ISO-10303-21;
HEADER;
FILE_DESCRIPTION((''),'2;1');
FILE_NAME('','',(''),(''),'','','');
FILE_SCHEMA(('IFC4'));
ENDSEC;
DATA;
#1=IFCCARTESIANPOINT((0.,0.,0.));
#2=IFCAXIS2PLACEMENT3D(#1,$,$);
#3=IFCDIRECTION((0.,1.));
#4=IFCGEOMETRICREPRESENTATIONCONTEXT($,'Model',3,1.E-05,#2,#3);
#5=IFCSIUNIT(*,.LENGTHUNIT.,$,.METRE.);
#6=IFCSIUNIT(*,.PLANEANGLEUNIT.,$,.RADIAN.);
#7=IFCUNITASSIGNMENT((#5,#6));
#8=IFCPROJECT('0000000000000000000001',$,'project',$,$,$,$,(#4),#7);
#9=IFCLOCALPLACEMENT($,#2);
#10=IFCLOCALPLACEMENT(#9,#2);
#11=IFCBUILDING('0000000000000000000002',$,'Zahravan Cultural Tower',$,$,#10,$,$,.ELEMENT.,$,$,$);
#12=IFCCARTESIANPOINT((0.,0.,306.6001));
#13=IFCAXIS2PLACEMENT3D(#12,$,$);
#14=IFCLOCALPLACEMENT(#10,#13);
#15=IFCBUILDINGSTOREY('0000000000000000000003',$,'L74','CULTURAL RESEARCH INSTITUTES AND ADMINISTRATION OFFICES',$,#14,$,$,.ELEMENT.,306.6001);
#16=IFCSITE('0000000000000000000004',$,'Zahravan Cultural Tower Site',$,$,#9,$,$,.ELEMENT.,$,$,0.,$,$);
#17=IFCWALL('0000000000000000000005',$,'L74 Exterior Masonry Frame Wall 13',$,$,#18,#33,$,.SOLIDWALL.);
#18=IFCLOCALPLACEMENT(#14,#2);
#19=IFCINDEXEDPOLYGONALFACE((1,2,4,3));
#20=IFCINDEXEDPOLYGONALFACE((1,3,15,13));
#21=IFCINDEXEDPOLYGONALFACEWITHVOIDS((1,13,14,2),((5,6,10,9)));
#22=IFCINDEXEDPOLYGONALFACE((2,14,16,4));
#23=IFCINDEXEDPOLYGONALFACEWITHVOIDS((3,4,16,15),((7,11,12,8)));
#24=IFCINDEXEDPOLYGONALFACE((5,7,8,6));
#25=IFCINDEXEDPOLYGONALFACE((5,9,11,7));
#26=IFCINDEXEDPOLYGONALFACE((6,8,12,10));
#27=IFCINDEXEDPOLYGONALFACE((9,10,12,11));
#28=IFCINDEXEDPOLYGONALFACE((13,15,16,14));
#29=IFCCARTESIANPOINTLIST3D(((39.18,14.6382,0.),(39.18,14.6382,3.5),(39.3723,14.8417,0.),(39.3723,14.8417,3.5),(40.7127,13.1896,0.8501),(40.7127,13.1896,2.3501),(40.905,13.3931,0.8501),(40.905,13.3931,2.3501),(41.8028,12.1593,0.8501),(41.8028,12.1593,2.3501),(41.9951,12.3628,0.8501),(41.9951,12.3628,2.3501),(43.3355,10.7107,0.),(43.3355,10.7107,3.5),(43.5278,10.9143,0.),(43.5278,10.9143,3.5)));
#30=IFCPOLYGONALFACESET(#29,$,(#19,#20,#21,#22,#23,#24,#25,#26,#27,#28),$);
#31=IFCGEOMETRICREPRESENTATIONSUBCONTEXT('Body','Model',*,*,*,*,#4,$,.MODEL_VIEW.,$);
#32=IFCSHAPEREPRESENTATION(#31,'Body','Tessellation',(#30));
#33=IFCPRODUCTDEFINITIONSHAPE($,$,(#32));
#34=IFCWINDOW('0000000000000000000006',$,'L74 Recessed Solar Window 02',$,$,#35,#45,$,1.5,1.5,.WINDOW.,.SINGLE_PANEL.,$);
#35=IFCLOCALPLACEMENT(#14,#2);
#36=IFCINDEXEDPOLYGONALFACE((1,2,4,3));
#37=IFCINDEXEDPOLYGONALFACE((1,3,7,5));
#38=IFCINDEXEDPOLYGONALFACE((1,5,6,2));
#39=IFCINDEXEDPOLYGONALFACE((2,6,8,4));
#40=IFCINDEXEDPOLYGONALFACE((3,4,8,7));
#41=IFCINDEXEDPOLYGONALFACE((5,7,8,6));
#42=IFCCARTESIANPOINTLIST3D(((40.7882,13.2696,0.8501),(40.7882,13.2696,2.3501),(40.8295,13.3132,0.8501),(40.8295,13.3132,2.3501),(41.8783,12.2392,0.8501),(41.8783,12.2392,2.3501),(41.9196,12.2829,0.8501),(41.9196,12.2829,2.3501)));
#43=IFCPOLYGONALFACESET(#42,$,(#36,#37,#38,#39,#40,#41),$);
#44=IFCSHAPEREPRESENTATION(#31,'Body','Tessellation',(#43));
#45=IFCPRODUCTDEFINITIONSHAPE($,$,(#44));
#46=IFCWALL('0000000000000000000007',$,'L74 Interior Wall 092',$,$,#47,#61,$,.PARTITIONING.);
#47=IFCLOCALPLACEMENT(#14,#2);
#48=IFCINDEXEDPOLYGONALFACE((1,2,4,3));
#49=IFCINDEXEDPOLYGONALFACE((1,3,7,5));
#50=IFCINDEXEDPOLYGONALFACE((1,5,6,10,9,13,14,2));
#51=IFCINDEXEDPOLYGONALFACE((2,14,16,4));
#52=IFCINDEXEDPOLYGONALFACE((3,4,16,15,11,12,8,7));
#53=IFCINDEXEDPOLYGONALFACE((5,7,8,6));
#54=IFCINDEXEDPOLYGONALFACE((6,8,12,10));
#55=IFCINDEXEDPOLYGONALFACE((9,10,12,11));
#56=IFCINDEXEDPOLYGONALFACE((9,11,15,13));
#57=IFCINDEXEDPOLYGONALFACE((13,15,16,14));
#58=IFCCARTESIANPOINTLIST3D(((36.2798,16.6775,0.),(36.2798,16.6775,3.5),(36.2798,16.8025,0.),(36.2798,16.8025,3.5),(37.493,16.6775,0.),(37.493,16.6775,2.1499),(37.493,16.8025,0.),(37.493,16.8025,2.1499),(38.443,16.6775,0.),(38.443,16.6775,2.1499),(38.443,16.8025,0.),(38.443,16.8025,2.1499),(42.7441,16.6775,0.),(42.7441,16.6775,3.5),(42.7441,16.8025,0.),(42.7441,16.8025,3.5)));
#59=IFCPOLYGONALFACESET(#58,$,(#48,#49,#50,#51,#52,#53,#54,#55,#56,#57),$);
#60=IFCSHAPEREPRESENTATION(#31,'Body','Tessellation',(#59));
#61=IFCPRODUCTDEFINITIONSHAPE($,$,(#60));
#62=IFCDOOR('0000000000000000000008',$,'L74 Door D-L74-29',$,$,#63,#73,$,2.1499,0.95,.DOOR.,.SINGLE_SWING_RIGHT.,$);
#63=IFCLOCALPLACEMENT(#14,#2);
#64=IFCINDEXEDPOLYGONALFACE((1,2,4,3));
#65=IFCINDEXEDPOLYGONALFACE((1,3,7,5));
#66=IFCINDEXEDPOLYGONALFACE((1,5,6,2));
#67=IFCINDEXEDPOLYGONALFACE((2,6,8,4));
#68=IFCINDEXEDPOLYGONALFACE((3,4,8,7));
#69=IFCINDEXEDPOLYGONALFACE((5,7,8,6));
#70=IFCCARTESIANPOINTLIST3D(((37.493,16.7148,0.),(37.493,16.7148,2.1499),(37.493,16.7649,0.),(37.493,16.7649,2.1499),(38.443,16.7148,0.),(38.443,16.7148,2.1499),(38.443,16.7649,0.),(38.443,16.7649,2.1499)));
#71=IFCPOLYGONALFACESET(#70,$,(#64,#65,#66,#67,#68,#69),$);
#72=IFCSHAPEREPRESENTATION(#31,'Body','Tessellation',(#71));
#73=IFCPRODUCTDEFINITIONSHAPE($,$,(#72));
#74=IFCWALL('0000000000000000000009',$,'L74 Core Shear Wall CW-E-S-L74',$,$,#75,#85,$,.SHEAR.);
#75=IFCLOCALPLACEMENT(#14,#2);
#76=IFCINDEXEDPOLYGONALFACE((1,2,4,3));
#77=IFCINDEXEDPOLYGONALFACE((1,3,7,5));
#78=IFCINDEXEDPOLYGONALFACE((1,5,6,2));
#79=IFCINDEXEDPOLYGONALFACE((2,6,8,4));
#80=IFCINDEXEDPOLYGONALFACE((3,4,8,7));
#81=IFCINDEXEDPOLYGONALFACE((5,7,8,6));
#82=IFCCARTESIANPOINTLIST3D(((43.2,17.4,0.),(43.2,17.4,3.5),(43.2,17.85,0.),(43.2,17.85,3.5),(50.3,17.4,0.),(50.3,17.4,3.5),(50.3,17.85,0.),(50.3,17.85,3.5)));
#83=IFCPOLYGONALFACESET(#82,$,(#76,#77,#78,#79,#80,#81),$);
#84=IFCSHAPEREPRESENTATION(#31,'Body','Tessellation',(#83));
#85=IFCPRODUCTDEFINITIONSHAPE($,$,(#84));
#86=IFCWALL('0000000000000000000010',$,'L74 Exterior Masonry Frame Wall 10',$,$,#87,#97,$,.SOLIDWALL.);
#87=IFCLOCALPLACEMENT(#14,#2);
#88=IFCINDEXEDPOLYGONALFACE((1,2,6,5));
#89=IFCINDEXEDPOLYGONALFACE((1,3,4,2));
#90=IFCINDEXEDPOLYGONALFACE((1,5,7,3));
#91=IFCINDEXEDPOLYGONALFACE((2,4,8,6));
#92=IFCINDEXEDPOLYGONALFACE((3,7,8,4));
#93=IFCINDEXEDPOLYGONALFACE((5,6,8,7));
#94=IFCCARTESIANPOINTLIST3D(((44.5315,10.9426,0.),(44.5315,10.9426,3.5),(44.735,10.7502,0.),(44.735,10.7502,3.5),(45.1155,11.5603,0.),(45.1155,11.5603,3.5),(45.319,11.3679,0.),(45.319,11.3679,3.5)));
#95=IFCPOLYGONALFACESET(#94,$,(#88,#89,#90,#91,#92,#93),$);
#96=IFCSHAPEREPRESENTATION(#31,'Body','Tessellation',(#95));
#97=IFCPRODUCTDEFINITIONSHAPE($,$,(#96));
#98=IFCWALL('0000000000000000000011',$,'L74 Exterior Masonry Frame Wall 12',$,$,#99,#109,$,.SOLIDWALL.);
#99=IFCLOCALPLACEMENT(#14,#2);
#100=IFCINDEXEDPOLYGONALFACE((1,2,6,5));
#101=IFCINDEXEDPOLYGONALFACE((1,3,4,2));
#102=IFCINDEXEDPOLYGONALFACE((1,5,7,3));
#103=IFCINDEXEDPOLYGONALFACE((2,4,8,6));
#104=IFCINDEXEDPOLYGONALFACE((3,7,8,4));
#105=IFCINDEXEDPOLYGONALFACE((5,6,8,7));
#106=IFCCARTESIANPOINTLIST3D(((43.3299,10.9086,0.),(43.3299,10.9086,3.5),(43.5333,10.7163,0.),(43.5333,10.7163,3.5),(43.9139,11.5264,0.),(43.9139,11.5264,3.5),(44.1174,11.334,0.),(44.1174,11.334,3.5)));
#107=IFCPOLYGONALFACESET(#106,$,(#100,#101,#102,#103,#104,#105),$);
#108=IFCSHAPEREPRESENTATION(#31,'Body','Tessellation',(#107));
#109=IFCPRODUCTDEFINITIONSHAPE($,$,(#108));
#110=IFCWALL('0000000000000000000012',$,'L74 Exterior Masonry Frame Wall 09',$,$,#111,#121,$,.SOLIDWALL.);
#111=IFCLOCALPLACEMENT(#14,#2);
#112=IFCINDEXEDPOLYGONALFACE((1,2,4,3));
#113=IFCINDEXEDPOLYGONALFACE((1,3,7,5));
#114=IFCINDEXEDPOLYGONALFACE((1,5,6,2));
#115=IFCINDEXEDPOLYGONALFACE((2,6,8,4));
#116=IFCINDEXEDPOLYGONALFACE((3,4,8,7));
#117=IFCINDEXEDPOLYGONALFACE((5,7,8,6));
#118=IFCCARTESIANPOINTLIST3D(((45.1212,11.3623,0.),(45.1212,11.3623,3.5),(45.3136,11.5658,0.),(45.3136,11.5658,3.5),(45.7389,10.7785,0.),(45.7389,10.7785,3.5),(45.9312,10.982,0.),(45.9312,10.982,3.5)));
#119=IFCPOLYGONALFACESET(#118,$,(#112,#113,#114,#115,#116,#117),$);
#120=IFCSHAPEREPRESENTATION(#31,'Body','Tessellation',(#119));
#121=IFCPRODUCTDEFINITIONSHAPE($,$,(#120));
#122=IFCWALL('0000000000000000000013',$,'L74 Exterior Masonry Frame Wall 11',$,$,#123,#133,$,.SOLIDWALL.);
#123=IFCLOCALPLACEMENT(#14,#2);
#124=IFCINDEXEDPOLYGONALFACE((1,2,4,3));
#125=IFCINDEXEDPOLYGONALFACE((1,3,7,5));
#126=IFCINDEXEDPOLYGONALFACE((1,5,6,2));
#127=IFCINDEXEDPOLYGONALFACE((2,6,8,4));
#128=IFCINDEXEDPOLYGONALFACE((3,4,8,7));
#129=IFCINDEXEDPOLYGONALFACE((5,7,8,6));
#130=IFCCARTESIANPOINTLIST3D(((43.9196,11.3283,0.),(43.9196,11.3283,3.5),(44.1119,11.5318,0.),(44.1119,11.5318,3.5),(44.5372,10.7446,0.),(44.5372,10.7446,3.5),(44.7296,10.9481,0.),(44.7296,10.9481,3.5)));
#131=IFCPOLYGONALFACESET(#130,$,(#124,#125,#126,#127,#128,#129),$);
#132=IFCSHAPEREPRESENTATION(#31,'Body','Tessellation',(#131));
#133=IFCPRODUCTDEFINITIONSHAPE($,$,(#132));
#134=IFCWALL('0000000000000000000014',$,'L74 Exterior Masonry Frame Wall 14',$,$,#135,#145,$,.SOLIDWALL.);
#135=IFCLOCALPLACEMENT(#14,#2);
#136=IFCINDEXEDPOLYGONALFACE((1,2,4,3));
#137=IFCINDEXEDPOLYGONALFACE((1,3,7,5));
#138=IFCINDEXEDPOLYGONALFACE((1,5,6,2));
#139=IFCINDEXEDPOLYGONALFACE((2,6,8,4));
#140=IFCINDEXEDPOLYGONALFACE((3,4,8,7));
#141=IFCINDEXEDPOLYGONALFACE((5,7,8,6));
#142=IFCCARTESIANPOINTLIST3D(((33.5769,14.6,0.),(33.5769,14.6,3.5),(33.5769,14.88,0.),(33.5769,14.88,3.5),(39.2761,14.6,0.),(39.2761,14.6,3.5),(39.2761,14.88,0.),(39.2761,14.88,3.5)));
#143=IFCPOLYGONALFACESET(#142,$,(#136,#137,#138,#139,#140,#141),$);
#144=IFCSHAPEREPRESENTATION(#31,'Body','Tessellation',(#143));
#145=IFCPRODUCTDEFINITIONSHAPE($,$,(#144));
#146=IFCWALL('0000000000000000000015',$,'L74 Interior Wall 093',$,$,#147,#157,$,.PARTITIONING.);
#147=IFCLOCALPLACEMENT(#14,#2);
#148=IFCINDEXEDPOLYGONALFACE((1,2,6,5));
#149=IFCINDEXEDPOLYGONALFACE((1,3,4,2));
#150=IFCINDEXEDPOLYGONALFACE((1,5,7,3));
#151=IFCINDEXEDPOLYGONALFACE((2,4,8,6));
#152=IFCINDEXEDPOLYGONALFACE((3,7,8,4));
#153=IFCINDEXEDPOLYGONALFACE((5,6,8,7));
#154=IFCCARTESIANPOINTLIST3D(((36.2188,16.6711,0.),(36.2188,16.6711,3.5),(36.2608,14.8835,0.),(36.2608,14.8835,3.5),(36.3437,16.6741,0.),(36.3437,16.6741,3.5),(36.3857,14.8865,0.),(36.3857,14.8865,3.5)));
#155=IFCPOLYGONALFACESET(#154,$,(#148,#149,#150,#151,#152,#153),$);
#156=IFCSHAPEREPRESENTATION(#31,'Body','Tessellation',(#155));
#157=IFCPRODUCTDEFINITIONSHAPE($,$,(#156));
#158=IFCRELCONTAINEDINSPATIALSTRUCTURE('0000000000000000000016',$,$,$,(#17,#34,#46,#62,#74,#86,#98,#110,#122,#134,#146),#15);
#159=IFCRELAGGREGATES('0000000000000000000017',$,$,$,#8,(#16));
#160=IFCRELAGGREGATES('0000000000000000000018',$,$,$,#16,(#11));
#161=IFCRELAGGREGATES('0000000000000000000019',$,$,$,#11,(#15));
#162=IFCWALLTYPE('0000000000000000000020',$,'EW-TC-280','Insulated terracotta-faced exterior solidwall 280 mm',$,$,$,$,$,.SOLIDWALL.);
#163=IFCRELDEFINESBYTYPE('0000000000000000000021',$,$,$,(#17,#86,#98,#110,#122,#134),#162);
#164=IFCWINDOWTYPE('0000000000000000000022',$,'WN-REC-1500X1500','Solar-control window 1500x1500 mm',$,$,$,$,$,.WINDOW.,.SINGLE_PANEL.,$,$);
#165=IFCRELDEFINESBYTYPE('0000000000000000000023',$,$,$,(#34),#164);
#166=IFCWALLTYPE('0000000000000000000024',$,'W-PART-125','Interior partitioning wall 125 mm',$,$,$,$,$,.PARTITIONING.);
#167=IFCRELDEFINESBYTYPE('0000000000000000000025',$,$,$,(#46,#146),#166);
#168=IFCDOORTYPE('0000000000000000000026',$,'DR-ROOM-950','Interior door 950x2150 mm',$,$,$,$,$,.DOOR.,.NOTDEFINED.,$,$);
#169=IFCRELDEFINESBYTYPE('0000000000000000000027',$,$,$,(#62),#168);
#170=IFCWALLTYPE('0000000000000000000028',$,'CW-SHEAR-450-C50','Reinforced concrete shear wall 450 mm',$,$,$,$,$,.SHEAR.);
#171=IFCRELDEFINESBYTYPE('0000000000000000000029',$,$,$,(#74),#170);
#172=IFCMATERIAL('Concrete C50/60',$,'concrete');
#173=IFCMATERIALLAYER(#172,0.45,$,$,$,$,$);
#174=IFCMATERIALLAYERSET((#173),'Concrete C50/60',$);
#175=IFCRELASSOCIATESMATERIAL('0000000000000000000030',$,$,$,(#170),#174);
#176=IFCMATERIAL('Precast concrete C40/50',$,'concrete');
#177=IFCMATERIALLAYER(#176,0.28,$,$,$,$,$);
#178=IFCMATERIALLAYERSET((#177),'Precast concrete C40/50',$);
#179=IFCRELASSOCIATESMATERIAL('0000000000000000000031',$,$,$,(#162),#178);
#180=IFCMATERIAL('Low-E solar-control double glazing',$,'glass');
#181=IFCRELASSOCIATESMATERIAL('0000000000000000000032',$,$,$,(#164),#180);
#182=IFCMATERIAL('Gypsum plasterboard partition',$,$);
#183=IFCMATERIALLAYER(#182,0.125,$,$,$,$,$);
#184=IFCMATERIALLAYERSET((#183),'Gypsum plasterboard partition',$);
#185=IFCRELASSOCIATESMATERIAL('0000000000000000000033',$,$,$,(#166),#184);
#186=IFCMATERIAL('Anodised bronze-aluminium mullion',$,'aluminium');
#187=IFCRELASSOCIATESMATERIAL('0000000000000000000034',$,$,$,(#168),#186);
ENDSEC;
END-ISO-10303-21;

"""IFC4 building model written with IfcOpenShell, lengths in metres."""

from ifc_helpers import new_model, si_unit, direction, frame, frame_2d, origin, place, context, subcontext, project, spatial, rectangle, extrude, source, transform, mapped, material, layer, layer_set, type_object, element, fill, save


model = new_model("IFC4")

# Units and contexts
model_context = context("Model", 3, precision=1e-05, world=origin(), true_north=direction((0.0, 1.0)))
body_context = subcontext(model_context, "Body", "Model", "MODEL_VIEW")
ifc_project = project(units=[si_unit("LENGTHUNIT", "METRE"), si_unit("PLANEANGLEUNIT", "RADIAN")], contexts=[model_context])

# Site, building, storey
site_placement = place(None, origin())
site = spatial("IfcSite", under=ifc_project, at=site_placement, Name="Zahravan Cultural Tower Site", CompositionType="ELEMENT", RefElevation=0.0)
building_placement = place(site_placement, origin())
building = spatial("IfcBuilding", under=site, at=building_placement, Name="Zahravan Cultural Tower", CompositionType="ELEMENT")
storey_placement = place(building_placement, frame((0.0, 0.0, 306.6001)))
storey = spatial("IfcBuildingStorey", under=building, at=storey_placement, Name="L74", Description="CULTURAL RESEARCH INSTITUTES AND ADMINISTRATION OFFICES", CompositionType="ELEMENT", Elevation=306.6001)

# Shared definitions
ifc_material_1 = material(Name="Concrete C50/60", Category="concrete")

# Shared definitions
ifc_layer_1 = layer(ifc_material_1, 0.45)
ifc_layer_set_1 = layer_set([ifc_layer_1], Name="Concrete C50/60")
wall_type_1 = type_object("IfcWallType", Name="CW-SHEAR-450-C50", Description="Reinforced concrete shear wall 450 mm", PredefinedType="SHEAR", material=ifc_layer_set_1)

# Wall, opening, window
ifc_material_2 = material(Name="Precast concrete C40/50", Category="concrete")
ifc_layer_2 = layer(ifc_material_2, 0.28)
ifc_layer_set_2 = layer_set([ifc_layer_2], Name="Precast concrete C40/50")
wall_type_2 = type_object("IfcWallType", Name="EW-TC-280", Description="Insulated terracotta-faced exterior solidwall 280 mm", PredefinedType="SOLIDWALL", material=ifc_layer_set_2)
wall_1_placement = place(storey_placement, frame((43.4316, 10.8125, 0.0), z_axis=(0.0, 0.0, 1.0), x_axis=(-0.726766, 0.686886, 0.0)))
wall_1 = element("IfcWall", 1, at=wall_1_placement, inside=storey, type_object=wall_type_2, Name="L74 Exterior Masonry Frame Wall 13", PredefinedType="SOLIDWALL", context=body_context, shape_type="SweptSolid", body=[
    extrude(rectangle(XDim=5.7178, YDim=0.28, at=frame_2d((2.8589, 0.0))), origin(), (0.0, 0.0, 1.0), 3.5),
])
opening_1_placement = place(wall_1_placement, frame((2.1089, 0.0, 0.8501)))
opening_1 = element("IfcOpeningElement", 2, at=opening_1_placement, cuts=wall_1, PredefinedType="OPENING", context=body_context, shape_type="SweptSolid", body=[
    extrude(rectangle(XDim=1.5, YDim=1.5, at=frame_2d((0.75, 0.75))), frame((0.0, 0.1499, 0.0), z_axis=(0.0, -1.0, 0.0), x_axis=(1.0, 0.0, 0.0)), (0.0, 0.0, 1.0), 0.3),
])
ifc_material_3 = material(Name="Low-E solar-control double glazing", Category="glass")
window_type = type_object("IfcWindowType", Name="WN-REC-1500X1500", Description="Solar-control window 1500x1500 mm", PartitioningType="SINGLE_PANEL", PredefinedType="WINDOW", material=ifc_material_3)
shared_shape_1 = source(origin(), body_context, "Body", "SweptSolid", [
    extrude(rectangle(XDim=1.5, YDim=1.5, at=frame_2d((0.75, 0.75))), frame((0.0, 0.03, 0.0), z_axis=(0.0, -1.0, 0.0), x_axis=(1.0, 0.0, 0.0)), (0.0, 0.0, 1.0), 0.0601),
])
window_placement = place(opening_1_placement, origin())
window = element("IfcWindow", 3, at=window_placement, inside=storey, type_object=window_type, Name="L74 Recessed Solar Window 02", OverallHeight=1.5, OverallWidth=1.5, PartitioningType="SINGLE_PANEL", PredefinedType="WINDOW", context=body_context, shape_type="MappedRepresentation", body=[
    mapped(shared_shape_1, transform((0.0, 0.0, 0.0), x_axis=(1.0, 0.0, 0.0), y_axis=(0.0, 1.0, 0.0), z_axis=(0.0, 0.0, 1.0), scale=1.0)),
])
fill(opening_1, window)

# Wall, opening, door
ifc_material_4 = material(Name="Gypsum plasterboard partition")
ifc_layer_3 = layer(ifc_material_4, 0.125)
ifc_layer_set_3 = layer_set([ifc_layer_3], Name="Gypsum plasterboard partition")
wall_type_3 = type_object("IfcWallType", Name="W-PART-125", Description="Interior partitioning wall 125 mm", PredefinedType="PARTITIONING", material=ifc_layer_set_3)
wall_2_placement = place(storey_placement, frame((36.2798, 16.74, 0.0), z_axis=(0.0, 0.0, 1.0), x_axis=(1.0, 0.0, 0.0)))
wall_2 = element("IfcWall", 4, at=wall_2_placement, inside=storey, type_object=wall_type_3, Name="L74 Interior Wall 092", PredefinedType="PARTITIONING", context=body_context, shape_type="SweptSolid", body=[
    extrude(rectangle(XDim=6.4644, YDim=0.125, at=frame_2d((3.2322, 0.0))), origin(), (0.0, 0.0, 1.0), 3.5),
])
opening_2_placement = place(wall_2_placement, frame((1.2131, 0.0, 0.0)))
opening_2 = element("IfcOpeningElement", 5, at=opening_2_placement, cuts=wall_2, PredefinedType="OPENING", context=body_context, shape_type="SweptSolid", body=[
    extrude(rectangle(XDim=0.95, YDim=2.1499, at=frame_2d((0.4751, 1.075))), frame((0.0, 0.0725, 0.0), z_axis=(0.0, -1.0, 0.0), x_axis=(1.0, 0.0, 0.0)), (0.0, 0.0, 1.0), 0.145),
])
ifc_material_5 = material(Name="Anodised bronze-aluminium mullion", Category="aluminium")
door_type_1 = type_object("IfcDoorType", Name="DR-ROOM-950", Description="Interior door 950x2150 mm", OperationType="NOTDEFINED", PredefinedType="DOOR", material=ifc_material_5)
shared_shape_2 = source(origin(), body_context, "Body", "SweptSolid", [
    extrude(rectangle(XDim=0.95, YDim=2.1499, at=frame_2d((0.4751, 1.075))), frame((0.0, 0.0249, 0.0), z_axis=(0.0, -1.0, 0.0), x_axis=(1.0, 0.0, 0.0)), (0.0, 0.0, 1.0), 0.05),
])
door_1_placement = place(opening_2_placement, origin())
door_1 = element("IfcDoor", 6, at=door_1_placement, inside=storey, type_object=door_type_1, Name="L74 Door D-L74-29", OperationType="SINGLE_SWING_RIGHT", OverallHeight=2.1499, OverallWidth=0.95, PredefinedType="DOOR", context=body_context, shape_type="MappedRepresentation", body=[
    mapped(shared_shape_2, transform((0.0, 0.0, 0.0), x_axis=(1.0, 0.0, 0.0), y_axis=(0.0, 1.0, 0.0), z_axis=(0.0, 0.0, 1.0), scale=1.0)),
])
fill(opening_2, door_1)

# Walls
shared_shape_3 = source(origin(), body_context, "Body", "SweptSolid", [
    extrude(rectangle(XDim=7.1001, YDim=0.45, at=frame_2d((3.55, 0.0))), origin(), (0.0, 0.0, 1.0), 3.5),
])
wall_3_placement = place(storey_placement, frame((43.2, 17.625, 0.0), z_axis=(0.0, 0.0, 1.0), x_axis=(1.0, 0.0, 0.0)))
element("IfcWall", 7, at=wall_3_placement, inside=storey, type_object=wall_type_1, Name="L74 Core Shear Wall CW-E-S-L74", PredefinedType="SHEAR", context=body_context, shape_type="MappedRepresentation", body=[
    mapped(shared_shape_3, transform((0.0, 0.0, 0.0), x_axis=(1.0, 0.0, 0.0), y_axis=(0.0, 1.0, 0.0), z_axis=(0.0, 0.0, 1.0), scale=1.0)),
])
shared_shape_4 = source(origin(), body_context, "Body", "SweptSolid", [
    extrude(rectangle(XDim=0.8501, YDim=0.28, at=frame_2d((0.425, 0.0))), origin(), (0.0, 0.0, 1.0), 3.5),
])
for number, where, z_axis, x_axis, name in (
    (8, (45.2173, 11.4641, 0.0), (0.0, 0.0, 1.0), (-0.687011, -0.726647, 0.0), "L74 Exterior Masonry Frame Wall 10"),
    (9, (44.0156, 11.4302, 0.0), (0.0, 0.0, 1.0), (-0.687011, -0.726647, 0.0), "L74 Exterior Masonry Frame Wall 12"),
):
    element("IfcWall", number, at=place(storey_placement, frame(where, z_axis=z_axis, x_axis=x_axis)), inside=storey, type_object=wall_type_2, Name=name, PredefinedType="SOLIDWALL", context=body_context, shape_type="MappedRepresentation", body=[
        mapped(shared_shape_4, transform((0.0, 0.0, 0.0), x_axis=(1.0, 0.0, 0.0), y_axis=(0.0, 1.0, 0.0), z_axis=(0.0, 0.0, 1.0), scale=1.0)),
    ])
shared_shape_5 = source(origin(), body_context, "Body", "SweptSolid", [
    extrude(rectangle(XDim=0.8499, YDim=0.28, at=frame_2d((0.4248, 0.0))), origin(), (0.0, 0.0, 1.0), 3.5),
])
for number, where, z_axis, x_axis, name in (
    (10, (45.835, 10.8804, 0.0), (0.0, 0.0, 1.0), (-0.72679, 0.68686, 0.0), "L74 Exterior Masonry Frame Wall 09"),
    (11, (44.6333, 10.8464, 0.0), (0.0, 0.0, 1.0), (-0.72679, 0.68686, 0.0), "L74 Exterior Masonry Frame Wall 11"),
):
    element("IfcWall", number, at=place(storey_placement, frame(where, z_axis=z_axis, x_axis=x_axis)), inside=storey, type_object=wall_type_2, Name=name, PredefinedType="SOLIDWALL", context=body_context, shape_type="MappedRepresentation", body=[
        mapped(shared_shape_5, transform((0.0, 0.0, 0.0), x_axis=(1.0, 0.0, 0.0), y_axis=(0.0, 1.0, 0.0), z_axis=(0.0, 0.0, 1.0), scale=1.0)),
    ])
shared_shape_6 = source(origin(), body_context, "Body", "SweptSolid", [
    extrude(rectangle(XDim=5.6992, YDim=0.28, at=frame_2d((2.8496, 0.0))), origin(), (0.0, 0.0, 1.0), 3.5),
])
wall_4_placement = place(storey_placement, frame((39.2761, 14.74, 0.0), z_axis=(0.0, 0.0, 1.0), x_axis=(-1.0, 0.0, 0.0)))
element("IfcWall", 12, at=wall_4_placement, inside=storey, type_object=wall_type_2, Name="L74 Exterior Masonry Frame Wall 14", PredefinedType="SOLIDWALL", context=body_context, shape_type="MappedRepresentation", body=[
    mapped(shared_shape_6, transform((0.0, 0.0, 0.0), x_axis=(1.0, 0.0, 0.0), y_axis=(0.0, 1.0, 0.0), z_axis=(0.0, 0.0, 1.0), scale=1.0)),
])
shared_shape_7 = source(origin(), body_context, "Body", "SweptSolid", [
    extrude(rectangle(XDim=1.7881, YDim=0.125, at=frame_2d((0.894, 0.0))), origin(), (0.0, 0.0, 1.0), 3.5),
])
wall_5_placement = place(storey_placement, frame((36.3232, 14.885, 0.0), z_axis=(0.0, 0.0, 1.0), x_axis=(-0.023484, 0.999724, 0.0)))
element("IfcWall", 13, at=wall_5_placement, inside=storey, type_object=wall_type_3, Name="L74 Interior Wall 093", PredefinedType="PARTITIONING", context=body_context, shape_type="MappedRepresentation", body=[
    mapped(shared_shape_7, transform((0.0, 0.0, 0.0), x_axis=(1.0, 0.0, 0.0), y_axis=(0.0, 1.0, 0.0), z_axis=(0.0, 0.0, 1.0), scale=1.0)),
])

save(model, "model.ifc")
